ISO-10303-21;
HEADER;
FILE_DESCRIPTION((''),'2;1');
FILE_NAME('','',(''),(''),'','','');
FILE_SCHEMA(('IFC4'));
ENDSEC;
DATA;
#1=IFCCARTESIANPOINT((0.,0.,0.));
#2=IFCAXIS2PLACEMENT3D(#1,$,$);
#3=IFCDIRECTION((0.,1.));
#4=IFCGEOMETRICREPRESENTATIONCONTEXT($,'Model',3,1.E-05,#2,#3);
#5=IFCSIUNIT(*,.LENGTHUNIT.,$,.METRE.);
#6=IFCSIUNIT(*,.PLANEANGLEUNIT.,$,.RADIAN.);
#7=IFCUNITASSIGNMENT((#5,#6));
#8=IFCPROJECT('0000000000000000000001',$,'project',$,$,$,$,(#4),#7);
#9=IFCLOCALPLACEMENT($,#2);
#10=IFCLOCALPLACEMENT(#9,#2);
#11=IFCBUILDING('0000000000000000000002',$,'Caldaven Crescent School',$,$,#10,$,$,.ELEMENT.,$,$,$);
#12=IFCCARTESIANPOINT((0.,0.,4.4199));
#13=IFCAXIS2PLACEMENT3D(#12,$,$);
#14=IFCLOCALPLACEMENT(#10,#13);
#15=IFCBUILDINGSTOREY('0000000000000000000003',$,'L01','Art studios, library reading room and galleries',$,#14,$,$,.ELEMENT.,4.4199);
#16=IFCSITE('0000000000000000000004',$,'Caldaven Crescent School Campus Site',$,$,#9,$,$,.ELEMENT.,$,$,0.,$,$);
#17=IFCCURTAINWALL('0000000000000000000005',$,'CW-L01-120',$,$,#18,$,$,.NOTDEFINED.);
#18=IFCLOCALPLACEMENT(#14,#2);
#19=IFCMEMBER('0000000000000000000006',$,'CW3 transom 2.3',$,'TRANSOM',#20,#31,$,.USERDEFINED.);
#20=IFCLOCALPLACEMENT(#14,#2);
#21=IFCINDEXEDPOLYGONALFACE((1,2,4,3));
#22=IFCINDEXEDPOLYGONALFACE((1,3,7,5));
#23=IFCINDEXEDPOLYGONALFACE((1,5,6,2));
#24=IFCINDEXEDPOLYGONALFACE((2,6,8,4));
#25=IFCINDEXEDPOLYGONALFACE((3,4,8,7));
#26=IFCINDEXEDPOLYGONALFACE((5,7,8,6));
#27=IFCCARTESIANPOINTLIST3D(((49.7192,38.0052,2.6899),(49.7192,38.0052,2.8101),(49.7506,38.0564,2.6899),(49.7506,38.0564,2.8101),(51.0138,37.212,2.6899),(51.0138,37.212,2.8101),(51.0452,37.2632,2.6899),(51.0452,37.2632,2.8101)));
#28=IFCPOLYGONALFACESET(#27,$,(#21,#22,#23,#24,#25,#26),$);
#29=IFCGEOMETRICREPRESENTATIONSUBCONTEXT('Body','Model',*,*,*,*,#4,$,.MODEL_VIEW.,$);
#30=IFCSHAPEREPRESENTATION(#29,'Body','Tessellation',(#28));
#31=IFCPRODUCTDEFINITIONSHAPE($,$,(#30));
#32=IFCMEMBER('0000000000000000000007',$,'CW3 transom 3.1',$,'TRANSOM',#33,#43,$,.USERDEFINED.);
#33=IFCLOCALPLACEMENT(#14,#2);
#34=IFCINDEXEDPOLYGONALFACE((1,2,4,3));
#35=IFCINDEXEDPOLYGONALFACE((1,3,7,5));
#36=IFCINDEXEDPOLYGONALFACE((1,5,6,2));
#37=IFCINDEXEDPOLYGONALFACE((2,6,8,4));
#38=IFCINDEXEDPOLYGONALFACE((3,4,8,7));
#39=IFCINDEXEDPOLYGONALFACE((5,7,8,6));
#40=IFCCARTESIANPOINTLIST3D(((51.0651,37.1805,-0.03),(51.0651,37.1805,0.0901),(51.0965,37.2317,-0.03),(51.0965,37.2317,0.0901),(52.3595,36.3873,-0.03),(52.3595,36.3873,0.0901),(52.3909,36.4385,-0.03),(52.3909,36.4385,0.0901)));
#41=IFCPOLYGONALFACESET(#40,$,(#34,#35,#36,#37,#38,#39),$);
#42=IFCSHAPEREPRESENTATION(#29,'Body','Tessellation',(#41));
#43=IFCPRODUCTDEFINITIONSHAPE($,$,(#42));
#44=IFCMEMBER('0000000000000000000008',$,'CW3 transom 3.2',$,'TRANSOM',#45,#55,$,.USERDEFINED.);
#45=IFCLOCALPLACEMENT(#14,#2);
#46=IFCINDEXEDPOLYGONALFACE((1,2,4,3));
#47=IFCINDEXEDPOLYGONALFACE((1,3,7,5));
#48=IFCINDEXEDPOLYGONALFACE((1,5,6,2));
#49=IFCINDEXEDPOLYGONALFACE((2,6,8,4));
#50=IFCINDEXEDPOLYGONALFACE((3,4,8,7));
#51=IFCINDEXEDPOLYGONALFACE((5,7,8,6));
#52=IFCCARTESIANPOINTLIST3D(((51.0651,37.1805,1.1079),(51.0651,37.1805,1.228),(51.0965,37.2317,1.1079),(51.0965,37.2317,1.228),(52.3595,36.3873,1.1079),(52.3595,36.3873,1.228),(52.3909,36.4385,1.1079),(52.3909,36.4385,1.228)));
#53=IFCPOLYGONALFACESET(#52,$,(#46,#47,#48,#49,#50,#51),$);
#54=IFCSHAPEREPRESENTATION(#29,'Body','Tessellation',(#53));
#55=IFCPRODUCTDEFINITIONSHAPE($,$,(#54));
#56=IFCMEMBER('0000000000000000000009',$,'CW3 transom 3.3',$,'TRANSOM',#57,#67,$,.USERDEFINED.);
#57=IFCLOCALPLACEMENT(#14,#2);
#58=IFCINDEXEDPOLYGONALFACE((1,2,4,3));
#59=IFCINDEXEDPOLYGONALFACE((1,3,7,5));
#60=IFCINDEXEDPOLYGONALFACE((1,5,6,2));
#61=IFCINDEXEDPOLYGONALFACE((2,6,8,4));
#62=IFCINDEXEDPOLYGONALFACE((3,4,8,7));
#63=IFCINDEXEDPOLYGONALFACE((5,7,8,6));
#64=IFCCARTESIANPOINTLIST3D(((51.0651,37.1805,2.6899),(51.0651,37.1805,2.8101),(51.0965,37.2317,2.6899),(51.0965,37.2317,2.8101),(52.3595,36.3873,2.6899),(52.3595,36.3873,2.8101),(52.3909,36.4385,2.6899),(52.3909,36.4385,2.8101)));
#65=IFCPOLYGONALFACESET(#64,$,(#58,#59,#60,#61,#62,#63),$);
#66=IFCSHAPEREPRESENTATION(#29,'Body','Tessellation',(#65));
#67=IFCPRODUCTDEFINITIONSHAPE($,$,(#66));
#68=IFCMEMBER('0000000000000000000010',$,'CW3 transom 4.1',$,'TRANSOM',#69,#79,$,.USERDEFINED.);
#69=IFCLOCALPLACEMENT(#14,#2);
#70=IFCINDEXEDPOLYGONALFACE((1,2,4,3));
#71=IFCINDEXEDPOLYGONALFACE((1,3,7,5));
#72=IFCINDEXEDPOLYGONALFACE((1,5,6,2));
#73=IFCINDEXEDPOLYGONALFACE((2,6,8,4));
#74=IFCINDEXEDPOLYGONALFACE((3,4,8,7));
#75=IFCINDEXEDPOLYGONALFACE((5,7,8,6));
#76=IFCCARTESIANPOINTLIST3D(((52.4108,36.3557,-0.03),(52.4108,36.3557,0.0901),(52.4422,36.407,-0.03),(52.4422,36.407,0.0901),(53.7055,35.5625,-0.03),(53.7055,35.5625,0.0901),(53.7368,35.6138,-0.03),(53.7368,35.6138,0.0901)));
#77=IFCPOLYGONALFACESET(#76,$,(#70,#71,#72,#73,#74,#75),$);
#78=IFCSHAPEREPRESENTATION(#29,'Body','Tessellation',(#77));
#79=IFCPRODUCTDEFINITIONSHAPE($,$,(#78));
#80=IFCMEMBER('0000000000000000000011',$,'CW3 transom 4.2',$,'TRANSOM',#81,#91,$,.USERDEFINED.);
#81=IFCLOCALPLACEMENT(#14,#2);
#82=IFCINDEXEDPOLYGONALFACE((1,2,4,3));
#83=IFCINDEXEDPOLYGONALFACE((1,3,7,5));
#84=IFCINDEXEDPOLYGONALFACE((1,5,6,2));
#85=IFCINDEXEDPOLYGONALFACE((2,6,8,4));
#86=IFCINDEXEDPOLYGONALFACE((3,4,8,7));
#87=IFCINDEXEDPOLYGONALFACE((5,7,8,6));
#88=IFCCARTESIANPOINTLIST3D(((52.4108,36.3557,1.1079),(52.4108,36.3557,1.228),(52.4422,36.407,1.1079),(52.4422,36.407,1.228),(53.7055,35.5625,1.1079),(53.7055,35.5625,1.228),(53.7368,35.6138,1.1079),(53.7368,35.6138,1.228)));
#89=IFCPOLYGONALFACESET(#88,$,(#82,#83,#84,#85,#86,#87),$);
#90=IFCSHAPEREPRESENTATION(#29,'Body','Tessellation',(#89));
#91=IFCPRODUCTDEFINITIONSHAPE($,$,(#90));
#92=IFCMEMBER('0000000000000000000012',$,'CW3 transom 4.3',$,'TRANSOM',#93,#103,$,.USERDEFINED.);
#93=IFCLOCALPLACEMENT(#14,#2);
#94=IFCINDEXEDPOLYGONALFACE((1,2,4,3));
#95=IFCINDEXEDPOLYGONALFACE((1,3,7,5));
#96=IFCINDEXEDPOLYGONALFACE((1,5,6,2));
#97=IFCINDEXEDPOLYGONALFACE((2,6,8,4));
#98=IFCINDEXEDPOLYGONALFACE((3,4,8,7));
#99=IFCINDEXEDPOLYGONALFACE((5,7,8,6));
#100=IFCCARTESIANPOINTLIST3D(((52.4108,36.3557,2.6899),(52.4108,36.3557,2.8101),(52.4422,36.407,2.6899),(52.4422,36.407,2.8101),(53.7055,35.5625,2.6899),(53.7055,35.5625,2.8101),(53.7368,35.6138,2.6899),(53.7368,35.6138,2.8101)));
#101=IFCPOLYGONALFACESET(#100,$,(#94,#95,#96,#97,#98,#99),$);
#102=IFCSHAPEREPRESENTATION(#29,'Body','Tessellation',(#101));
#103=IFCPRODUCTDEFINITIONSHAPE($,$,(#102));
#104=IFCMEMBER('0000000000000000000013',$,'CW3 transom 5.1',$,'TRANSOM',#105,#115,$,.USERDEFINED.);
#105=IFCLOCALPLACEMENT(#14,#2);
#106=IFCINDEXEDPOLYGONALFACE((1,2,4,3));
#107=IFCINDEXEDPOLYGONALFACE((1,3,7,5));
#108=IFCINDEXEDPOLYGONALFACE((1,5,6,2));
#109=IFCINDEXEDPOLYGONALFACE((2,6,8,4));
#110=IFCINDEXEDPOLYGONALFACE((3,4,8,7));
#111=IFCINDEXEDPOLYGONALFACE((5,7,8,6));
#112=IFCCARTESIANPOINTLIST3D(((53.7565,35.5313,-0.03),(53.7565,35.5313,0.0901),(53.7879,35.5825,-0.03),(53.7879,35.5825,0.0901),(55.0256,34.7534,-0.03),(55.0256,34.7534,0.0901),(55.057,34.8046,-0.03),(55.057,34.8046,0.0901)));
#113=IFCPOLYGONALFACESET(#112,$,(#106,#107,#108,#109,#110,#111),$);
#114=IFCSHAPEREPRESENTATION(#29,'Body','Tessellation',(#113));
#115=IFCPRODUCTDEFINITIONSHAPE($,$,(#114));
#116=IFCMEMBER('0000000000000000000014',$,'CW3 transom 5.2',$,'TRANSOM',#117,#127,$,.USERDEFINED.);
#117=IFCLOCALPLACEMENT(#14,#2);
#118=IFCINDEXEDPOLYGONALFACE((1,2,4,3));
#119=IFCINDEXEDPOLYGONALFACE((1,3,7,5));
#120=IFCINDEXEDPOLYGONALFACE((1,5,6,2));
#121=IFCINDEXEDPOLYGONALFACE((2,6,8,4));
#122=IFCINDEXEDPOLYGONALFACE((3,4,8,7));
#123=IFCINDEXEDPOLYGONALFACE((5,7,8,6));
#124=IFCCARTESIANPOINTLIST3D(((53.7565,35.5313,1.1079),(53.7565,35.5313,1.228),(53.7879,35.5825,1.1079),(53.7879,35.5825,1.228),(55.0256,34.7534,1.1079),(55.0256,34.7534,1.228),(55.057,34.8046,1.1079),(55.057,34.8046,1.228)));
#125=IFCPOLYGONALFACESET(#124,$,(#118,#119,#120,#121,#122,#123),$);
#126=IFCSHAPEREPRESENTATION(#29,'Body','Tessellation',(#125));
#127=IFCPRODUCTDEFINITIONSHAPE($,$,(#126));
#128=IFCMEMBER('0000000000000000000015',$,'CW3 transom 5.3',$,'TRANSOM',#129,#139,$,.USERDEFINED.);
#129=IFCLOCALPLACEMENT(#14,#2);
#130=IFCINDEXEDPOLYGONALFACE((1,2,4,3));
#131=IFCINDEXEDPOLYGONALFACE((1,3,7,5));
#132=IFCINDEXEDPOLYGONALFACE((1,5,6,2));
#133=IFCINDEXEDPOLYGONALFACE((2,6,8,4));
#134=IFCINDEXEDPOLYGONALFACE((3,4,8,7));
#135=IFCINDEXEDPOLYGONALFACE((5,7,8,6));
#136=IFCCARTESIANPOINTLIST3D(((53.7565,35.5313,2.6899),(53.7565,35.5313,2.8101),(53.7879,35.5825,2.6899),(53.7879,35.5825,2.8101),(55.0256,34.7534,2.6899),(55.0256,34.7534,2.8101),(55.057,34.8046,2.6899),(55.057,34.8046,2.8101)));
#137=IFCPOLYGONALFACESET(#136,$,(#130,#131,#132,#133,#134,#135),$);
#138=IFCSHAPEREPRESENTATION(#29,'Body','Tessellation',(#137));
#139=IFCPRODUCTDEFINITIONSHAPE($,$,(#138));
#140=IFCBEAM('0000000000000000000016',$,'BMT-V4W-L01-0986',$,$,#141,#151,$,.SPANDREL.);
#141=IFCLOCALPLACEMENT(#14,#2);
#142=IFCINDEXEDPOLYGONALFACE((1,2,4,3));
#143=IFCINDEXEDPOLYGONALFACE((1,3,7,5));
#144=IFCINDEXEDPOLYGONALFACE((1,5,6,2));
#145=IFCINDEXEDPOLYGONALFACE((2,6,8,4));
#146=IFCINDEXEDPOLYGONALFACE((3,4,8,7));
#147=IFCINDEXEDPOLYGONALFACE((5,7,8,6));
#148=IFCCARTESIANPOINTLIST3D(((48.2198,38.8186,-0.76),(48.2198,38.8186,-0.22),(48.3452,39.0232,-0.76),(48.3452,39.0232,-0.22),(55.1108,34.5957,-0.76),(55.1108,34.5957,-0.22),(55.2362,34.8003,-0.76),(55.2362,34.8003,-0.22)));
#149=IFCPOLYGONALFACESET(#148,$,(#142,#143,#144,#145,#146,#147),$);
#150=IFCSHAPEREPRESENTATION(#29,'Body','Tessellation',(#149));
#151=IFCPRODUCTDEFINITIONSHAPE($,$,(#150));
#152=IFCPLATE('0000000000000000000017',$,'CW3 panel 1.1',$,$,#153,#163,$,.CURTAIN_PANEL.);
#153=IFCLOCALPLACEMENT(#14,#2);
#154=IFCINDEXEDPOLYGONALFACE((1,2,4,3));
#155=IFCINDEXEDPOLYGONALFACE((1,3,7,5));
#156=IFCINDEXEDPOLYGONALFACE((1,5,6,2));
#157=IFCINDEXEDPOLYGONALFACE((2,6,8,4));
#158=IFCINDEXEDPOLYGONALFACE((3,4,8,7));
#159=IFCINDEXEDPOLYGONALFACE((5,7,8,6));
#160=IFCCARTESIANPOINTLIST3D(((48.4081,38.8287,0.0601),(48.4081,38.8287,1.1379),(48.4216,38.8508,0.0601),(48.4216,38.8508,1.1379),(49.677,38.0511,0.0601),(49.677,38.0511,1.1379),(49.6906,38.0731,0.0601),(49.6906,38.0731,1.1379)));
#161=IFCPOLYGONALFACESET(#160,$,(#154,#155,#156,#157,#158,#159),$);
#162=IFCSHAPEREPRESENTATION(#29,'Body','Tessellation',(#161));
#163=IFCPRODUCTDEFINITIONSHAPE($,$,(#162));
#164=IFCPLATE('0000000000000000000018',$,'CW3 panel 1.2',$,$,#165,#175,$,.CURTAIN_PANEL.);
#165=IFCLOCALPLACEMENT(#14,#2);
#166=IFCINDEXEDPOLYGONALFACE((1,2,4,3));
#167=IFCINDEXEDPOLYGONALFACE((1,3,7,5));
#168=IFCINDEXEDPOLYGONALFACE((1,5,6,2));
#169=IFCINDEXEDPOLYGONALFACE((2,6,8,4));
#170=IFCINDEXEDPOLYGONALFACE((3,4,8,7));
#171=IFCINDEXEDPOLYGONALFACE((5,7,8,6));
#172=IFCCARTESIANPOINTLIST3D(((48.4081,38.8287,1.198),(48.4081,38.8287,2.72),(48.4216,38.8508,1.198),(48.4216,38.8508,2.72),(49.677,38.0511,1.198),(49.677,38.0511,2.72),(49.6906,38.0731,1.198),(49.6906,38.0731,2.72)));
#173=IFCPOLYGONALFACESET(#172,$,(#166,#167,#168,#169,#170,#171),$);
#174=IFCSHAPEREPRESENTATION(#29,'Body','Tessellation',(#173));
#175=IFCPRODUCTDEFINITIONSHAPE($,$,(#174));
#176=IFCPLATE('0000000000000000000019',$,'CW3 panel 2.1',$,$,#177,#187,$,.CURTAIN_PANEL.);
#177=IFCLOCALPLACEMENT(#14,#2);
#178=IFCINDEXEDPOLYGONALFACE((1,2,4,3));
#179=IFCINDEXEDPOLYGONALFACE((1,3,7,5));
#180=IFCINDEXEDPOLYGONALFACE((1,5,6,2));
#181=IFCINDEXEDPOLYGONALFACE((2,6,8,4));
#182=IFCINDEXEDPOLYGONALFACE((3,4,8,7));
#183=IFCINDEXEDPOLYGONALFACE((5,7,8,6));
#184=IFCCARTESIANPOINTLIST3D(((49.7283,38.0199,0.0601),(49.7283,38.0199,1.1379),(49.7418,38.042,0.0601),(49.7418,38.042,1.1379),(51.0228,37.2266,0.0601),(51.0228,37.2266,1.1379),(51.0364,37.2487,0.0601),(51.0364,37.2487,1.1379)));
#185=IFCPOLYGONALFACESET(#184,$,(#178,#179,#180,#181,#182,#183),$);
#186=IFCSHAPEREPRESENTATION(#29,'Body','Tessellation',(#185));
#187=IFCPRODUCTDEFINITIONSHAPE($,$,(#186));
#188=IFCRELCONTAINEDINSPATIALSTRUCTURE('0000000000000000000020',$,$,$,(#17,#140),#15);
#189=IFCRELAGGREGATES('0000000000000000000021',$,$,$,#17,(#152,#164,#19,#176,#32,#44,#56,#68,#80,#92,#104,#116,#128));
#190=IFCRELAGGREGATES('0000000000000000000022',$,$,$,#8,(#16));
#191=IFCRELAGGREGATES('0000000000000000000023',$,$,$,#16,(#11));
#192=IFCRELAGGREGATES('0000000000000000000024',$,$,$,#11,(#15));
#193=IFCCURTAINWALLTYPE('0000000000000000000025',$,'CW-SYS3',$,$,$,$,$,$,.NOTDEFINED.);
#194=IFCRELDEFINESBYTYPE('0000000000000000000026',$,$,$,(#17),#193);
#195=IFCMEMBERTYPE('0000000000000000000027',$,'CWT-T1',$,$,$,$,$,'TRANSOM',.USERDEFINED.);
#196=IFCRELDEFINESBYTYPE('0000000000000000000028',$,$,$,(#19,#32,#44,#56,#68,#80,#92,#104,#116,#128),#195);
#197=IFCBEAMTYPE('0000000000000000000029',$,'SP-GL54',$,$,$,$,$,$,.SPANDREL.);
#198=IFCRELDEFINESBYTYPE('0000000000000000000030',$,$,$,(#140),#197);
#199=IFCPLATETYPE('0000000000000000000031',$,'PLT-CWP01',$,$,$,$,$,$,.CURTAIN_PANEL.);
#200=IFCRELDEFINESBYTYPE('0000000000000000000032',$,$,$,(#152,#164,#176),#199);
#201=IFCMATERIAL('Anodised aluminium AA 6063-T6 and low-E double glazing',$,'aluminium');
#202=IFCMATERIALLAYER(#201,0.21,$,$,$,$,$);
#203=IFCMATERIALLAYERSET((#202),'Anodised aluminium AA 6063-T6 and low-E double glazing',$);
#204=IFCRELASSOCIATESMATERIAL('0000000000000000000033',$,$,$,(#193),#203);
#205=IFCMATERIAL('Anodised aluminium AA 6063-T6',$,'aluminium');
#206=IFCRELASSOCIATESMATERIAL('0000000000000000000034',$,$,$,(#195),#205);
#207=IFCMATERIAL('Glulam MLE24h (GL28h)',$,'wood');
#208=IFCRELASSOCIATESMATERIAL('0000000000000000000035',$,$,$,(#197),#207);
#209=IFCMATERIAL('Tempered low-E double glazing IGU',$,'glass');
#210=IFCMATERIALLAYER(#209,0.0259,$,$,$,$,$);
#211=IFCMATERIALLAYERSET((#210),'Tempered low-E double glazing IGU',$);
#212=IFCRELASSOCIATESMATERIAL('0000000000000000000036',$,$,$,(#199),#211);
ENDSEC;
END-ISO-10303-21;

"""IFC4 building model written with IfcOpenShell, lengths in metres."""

from ifc_helpers import new_model, si_unit, direction, frame, origin, origin_2d, place, context, subcontext, project, spatial, rectangle, extrude, material, layer, layer_set, material_profile, profile_set, type_object, element, aggregate, save


model = new_model("IFC4")

# Units and contexts
model_context = context("Model", 3, precision=1e-05, world=origin(), true_north=direction((0.0, 1.0)))
body_context = subcontext(model_context, "Body", "Model", "MODEL_VIEW")
ifc_project = project(units=[si_unit("LENGTHUNIT", "METRE"), si_unit("PLANEANGLEUNIT", "RADIAN")], contexts=[model_context])

# Site, building, storey
site_placement = place(None, origin())
site = spatial("IfcSite", under=ifc_project, at=site_placement, Name="Caldaven Crescent School Campus Site", CompositionType="ELEMENT", RefElevation=0.0)
building_placement = place(site_placement, origin())
building = spatial("IfcBuilding", under=site, at=building_placement, Name="Caldaven Crescent School", CompositionType="ELEMENT")
storey_placement = place(building_placement, frame((0.0, 0.0, 4.4199)))
storey = spatial("IfcBuildingStorey", under=building, at=storey_placement, Name="L01", Description="Art studios, library reading room and galleries", CompositionType="ELEMENT", Elevation=4.4199)

# Shared definitions
ifc_material_1 = material(Name="Glulam MLE24h (GL28h)", Category="wood")

# Curtain wall, members
ifc_material_2 = material(Name="Anodised aluminium AA 6063-T6 and low-E double glazing", Category="aluminium")
ifc_layer_1 = layer(ifc_material_2, 0.21)
ifc_layer_set_1 = layer_set([ifc_layer_1], Name="Anodised aluminium AA 6063-T6 and low-E double glazing")
curtain_wall_type = type_object("IfcCurtainWallType", Name="CW-SYS3", PredefinedType="NOTDEFINED", material=ifc_layer_set_1)
curtain_wall_placement = place(storey_placement, origin())
curtain_wall = element("IfcCurtainWall", 1, at=curtain_wall_placement, inside=storey, type_object=curtain_wall_type, Name="CW-L01-120", PredefinedType="NOTDEFINED")
ifc_material_3 = material(Name="Anodised aluminium AA 6063-T6", Category="aluminium")
ifc_material_profile_1 = material_profile(ifc_material_3, rectangle(XDim=0.0601, YDim=0.1201, at=origin_2d()), Name="CWT 60x120")
ifc_profile_set_1 = profile_set([ifc_material_profile_1], Name="Anodised aluminium AA 6063-T6")
member_type_1 = type_object("IfcMemberType", Name="CWT-T1", ElementType="TRANSOM", PredefinedType="USERDEFINED", material=ifc_profile_set_1)
member_1_placement = place(storey_placement, frame((49.7349, 38.0308, 2.75), z_axis=(0.852689, -0.522419, 0.0), x_axis=(0.522419, 0.852689, 0.0)))
member_1 = element("IfcMember", 2, at=member_1_placement, type_object=member_type_1, Name="CW3 transom 2.3", ObjectType="TRANSOM", PredefinedType="USERDEFINED", context=body_context, shape_type="SweptSolid", body=[
    extrude(rectangle(XDim=0.0601, YDim=0.1201, at=origin_2d()), origin(), (0.0, 0.0, 1.0), 1.5183),
])
member_2_placement = place(storey_placement, frame((51.0808, 37.2061, 0.03), z_axis=(0.852645, -0.52249, 0.0), x_axis=(0.52249, 0.852645, 0.0)))
member_2 = element("IfcMember", 3, at=member_2_placement, type_object=member_type_1, Name="CW3 transom 3.1", ObjectType="TRANSOM", PredefinedType="USERDEFINED", context=body_context, shape_type="SweptSolid", body=[
    extrude(rectangle(XDim=0.0601, YDim=0.1201, at=origin_2d()), origin(), (0.0, 0.0, 1.0), 1.5181),
])
member_3_placement = place(storey_placement, frame((51.0808, 37.2061, 1.168), z_axis=(0.852645, -0.52249, 0.0), x_axis=(0.52249, 0.852645, 0.0)))
member_3 = element("IfcMember", 4, at=member_3_placement, type_object=member_type_1, Name="CW3 transom 3.2", ObjectType="TRANSOM", PredefinedType="USERDEFINED", context=body_context, shape_type="SweptSolid", body=[
    extrude(rectangle(XDim=0.0601, YDim=0.1201, at=origin_2d()), origin(), (0.0, 0.0, 1.0), 1.5181),
])
member_4_placement = place(storey_placement, frame((51.0808, 37.2061, 2.75), z_axis=(0.852645, -0.52249, 0.0), x_axis=(0.52249, 0.852645, 0.0)))
member_4 = element("IfcMember", 5, at=member_4_placement, type_object=member_type_1, Name="CW3 transom 3.3", ObjectType="TRANSOM", PredefinedType="USERDEFINED", context=body_context, shape_type="SweptSolid", body=[
    extrude(rectangle(XDim=0.0601, YDim=0.1201, at=origin_2d()), origin(), (0.0, 0.0, 1.0), 1.5181),
])
member_5_placement = place(storey_placement, frame((52.4265, 36.3813, 0.03), z_axis=(0.852689, -0.522419, 0.0), x_axis=(0.522419, 0.852689, 0.0)))
member_5 = element("IfcMember", 6, at=member_5_placement, type_object=member_type_1, Name="CW3 transom 4.1", ObjectType="TRANSOM", PredefinedType="USERDEFINED", context=body_context, shape_type="SweptSolid", body=[
    extrude(rectangle(XDim=0.0601, YDim=0.1201, at=origin_2d()), origin(), (0.0, 0.0, 1.0), 1.5183),
])
member_6_placement = place(storey_placement, frame((52.4265, 36.3813, 1.168), z_axis=(0.852689, -0.522419, 0.0), x_axis=(0.522419, 0.852689, 0.0)))
member_6 = element("IfcMember", 7, at=member_6_placement, type_object=member_type_1, Name="CW3 transom 4.2", ObjectType="TRANSOM", PredefinedType="USERDEFINED", context=body_context, shape_type="SweptSolid", body=[
    extrude(rectangle(XDim=0.0601, YDim=0.1201, at=origin_2d()), origin(), (0.0, 0.0, 1.0), 1.5183),
])
member_7_placement = place(storey_placement, frame((52.4265, 36.3813, 2.75), z_axis=(0.852689, -0.522419, 0.0), x_axis=(0.522419, 0.852689, 0.0)))
member_7 = element("IfcMember", 8, at=member_7_placement, type_object=member_type_1, Name="CW3 transom 4.3", ObjectType="TRANSOM", PredefinedType="USERDEFINED", context=body_context, shape_type="SweptSolid", body=[
    extrude(rectangle(XDim=0.0601, YDim=0.1201, at=origin_2d()), origin(), (0.0, 0.0, 1.0), 1.5183),
])
member_8_placement = place(storey_placement, frame((53.7722, 35.5569, 0.03), z_axis=(0.852592, -0.522577, 0.0), x_axis=(0.522577, 0.852592, 0.0)))
member_8 = element("IfcMember", 9, at=member_8_placement, type_object=member_type_1, Name="CW3 transom 5.1", ObjectType="TRANSOM", PredefinedType="USERDEFINED", context=body_context, shape_type="SweptSolid", body=[
    extrude(rectangle(XDim=0.0601, YDim=0.1201, at=origin_2d()), origin(), (0.0, 0.0, 1.0), 1.4885),
])
member_9_placement = place(storey_placement, frame((53.7722, 35.5569, 1.168), z_axis=(0.852592, -0.522577, 0.0), x_axis=(0.522577, 0.852592, 0.0)))
member_9 = element("IfcMember", 10, at=member_9_placement, type_object=member_type_1, Name="CW3 transom 5.2", ObjectType="TRANSOM", PredefinedType="USERDEFINED", context=body_context, shape_type="SweptSolid", body=[
    extrude(rectangle(XDim=0.0601, YDim=0.1201, at=origin_2d()), origin(), (0.0, 0.0, 1.0), 1.4885),
])
member_10_placement = place(storey_placement, frame((53.7722, 35.5569, 2.75), z_axis=(0.852592, -0.522577, 0.0), x_axis=(0.522577, 0.852592, 0.0)))
member_10 = element("IfcMember", 11, at=member_10_placement, type_object=member_type_1, Name="CW3 transom 5.3", ObjectType="TRANSOM", PredefinedType="USERDEFINED", context=body_context, shape_type="SweptSolid", body=[
    extrude(rectangle(XDim=0.0601, YDim=0.1201, at=origin_2d()), origin(), (0.0, 0.0, 1.0), 1.4885),
])

# Beam
ifc_material_profile_2 = material_profile(ifc_material_1, rectangle(XDim=0.24, YDim=0.54, at=origin_2d()), Name="MLE 240x540")
ifc_profile_set_2 = profile_set([ifc_material_profile_2], Name="Glulam MLE24h (GL28h)")
beam_type_1 = type_object("IfcBeamType", Name="SP-GL54", PredefinedType="SPANDREL", material=ifc_profile_set_2)
beam_1_placement = place(storey_placement, frame((48.2825, 38.9209, -0.49), z_axis=(0.852639, -0.5225, 0.0), x_axis=(0.5225, 0.852639, 0.0)))
element("IfcBeam", 12, at=beam_1_placement, inside=storey, type_object=beam_type_1, Name="BMT-V4W-L01-0986", PredefinedType="SPANDREL", context=body_context, shape_type="SweptSolid", body=[
    extrude(rectangle(XDim=0.24, YDim=0.54, at=origin_2d()), origin(), (0.0, 0.0, 1.0), 8.082),
])

# Plates
ifc_material_4 = material(Name="Tempered low-E double glazing IGU", Category="glass")
ifc_layer_2 = layer(ifc_material_4, 0.0259)
ifc_layer_set_2 = layer_set([ifc_layer_2], Name="Tempered low-E double glazing IGU")
plate_type = type_object("IfcPlateType", Name="PLT-CWP01", PredefinedType="CURTAIN_PANEL", material=ifc_layer_set_2)
plate_1_placement = place(storey_placement, frame((49.0493, 38.4509, 0.0601), z_axis=(0.0, 0.0, 1.0), x_axis=(0.85264, -0.522499, 0.0)))
plate_1 = element("IfcPlate", 13, at=plate_1_placement, type_object=plate_type, Name="CW3 panel 1.1", PredefinedType="CURTAIN_PANEL", context=body_context, shape_type="SweptSolid", body=[
    extrude(rectangle(XDim=1.4883, YDim=0.0259, at=origin_2d()), origin(), (0.0, 0.0, 1.0), 1.0779),
])
plate_2_placement = place(storey_placement, frame((49.0493, 38.4509, 1.198), z_axis=(0.0, 0.0, 1.0), x_axis=(0.85264, -0.522499, 0.0)))
plate_2 = element("IfcPlate", 14, at=plate_2_placement, type_object=plate_type, Name="CW3 panel 1.2", PredefinedType="CURTAIN_PANEL", context=body_context, shape_type="SweptSolid", body=[
    extrude(rectangle(XDim=1.4883, YDim=0.0259, at=origin_2d()), origin(), (0.0, 0.0, 1.0), 1.522),
])
plate_3_placement = place(storey_placement, frame((50.3823, 37.6343, 0.0601), z_axis=(0.0, 0.0, 1.0), x_axis=(0.85264, -0.522499, 0.0)))
plate_3 = element("IfcPlate", 15, at=plate_3_placement, type_object=plate_type, Name="CW3 panel 2.1", PredefinedType="CURTAIN_PANEL", context=body_context, shape_type="SweptSolid", body=[
    extrude(rectangle(XDim=1.5183, YDim=0.0259, at=origin_2d()), origin(), (0.0, 0.0, 1.0), 1.0779),
])
aggregate(curtain_wall, [plate_1, plate_2, member_1, plate_3, member_2, member_3, member_4, member_5, member_6, member_7, member_8, member_9, member_10])

save(model, "model.ifc")
